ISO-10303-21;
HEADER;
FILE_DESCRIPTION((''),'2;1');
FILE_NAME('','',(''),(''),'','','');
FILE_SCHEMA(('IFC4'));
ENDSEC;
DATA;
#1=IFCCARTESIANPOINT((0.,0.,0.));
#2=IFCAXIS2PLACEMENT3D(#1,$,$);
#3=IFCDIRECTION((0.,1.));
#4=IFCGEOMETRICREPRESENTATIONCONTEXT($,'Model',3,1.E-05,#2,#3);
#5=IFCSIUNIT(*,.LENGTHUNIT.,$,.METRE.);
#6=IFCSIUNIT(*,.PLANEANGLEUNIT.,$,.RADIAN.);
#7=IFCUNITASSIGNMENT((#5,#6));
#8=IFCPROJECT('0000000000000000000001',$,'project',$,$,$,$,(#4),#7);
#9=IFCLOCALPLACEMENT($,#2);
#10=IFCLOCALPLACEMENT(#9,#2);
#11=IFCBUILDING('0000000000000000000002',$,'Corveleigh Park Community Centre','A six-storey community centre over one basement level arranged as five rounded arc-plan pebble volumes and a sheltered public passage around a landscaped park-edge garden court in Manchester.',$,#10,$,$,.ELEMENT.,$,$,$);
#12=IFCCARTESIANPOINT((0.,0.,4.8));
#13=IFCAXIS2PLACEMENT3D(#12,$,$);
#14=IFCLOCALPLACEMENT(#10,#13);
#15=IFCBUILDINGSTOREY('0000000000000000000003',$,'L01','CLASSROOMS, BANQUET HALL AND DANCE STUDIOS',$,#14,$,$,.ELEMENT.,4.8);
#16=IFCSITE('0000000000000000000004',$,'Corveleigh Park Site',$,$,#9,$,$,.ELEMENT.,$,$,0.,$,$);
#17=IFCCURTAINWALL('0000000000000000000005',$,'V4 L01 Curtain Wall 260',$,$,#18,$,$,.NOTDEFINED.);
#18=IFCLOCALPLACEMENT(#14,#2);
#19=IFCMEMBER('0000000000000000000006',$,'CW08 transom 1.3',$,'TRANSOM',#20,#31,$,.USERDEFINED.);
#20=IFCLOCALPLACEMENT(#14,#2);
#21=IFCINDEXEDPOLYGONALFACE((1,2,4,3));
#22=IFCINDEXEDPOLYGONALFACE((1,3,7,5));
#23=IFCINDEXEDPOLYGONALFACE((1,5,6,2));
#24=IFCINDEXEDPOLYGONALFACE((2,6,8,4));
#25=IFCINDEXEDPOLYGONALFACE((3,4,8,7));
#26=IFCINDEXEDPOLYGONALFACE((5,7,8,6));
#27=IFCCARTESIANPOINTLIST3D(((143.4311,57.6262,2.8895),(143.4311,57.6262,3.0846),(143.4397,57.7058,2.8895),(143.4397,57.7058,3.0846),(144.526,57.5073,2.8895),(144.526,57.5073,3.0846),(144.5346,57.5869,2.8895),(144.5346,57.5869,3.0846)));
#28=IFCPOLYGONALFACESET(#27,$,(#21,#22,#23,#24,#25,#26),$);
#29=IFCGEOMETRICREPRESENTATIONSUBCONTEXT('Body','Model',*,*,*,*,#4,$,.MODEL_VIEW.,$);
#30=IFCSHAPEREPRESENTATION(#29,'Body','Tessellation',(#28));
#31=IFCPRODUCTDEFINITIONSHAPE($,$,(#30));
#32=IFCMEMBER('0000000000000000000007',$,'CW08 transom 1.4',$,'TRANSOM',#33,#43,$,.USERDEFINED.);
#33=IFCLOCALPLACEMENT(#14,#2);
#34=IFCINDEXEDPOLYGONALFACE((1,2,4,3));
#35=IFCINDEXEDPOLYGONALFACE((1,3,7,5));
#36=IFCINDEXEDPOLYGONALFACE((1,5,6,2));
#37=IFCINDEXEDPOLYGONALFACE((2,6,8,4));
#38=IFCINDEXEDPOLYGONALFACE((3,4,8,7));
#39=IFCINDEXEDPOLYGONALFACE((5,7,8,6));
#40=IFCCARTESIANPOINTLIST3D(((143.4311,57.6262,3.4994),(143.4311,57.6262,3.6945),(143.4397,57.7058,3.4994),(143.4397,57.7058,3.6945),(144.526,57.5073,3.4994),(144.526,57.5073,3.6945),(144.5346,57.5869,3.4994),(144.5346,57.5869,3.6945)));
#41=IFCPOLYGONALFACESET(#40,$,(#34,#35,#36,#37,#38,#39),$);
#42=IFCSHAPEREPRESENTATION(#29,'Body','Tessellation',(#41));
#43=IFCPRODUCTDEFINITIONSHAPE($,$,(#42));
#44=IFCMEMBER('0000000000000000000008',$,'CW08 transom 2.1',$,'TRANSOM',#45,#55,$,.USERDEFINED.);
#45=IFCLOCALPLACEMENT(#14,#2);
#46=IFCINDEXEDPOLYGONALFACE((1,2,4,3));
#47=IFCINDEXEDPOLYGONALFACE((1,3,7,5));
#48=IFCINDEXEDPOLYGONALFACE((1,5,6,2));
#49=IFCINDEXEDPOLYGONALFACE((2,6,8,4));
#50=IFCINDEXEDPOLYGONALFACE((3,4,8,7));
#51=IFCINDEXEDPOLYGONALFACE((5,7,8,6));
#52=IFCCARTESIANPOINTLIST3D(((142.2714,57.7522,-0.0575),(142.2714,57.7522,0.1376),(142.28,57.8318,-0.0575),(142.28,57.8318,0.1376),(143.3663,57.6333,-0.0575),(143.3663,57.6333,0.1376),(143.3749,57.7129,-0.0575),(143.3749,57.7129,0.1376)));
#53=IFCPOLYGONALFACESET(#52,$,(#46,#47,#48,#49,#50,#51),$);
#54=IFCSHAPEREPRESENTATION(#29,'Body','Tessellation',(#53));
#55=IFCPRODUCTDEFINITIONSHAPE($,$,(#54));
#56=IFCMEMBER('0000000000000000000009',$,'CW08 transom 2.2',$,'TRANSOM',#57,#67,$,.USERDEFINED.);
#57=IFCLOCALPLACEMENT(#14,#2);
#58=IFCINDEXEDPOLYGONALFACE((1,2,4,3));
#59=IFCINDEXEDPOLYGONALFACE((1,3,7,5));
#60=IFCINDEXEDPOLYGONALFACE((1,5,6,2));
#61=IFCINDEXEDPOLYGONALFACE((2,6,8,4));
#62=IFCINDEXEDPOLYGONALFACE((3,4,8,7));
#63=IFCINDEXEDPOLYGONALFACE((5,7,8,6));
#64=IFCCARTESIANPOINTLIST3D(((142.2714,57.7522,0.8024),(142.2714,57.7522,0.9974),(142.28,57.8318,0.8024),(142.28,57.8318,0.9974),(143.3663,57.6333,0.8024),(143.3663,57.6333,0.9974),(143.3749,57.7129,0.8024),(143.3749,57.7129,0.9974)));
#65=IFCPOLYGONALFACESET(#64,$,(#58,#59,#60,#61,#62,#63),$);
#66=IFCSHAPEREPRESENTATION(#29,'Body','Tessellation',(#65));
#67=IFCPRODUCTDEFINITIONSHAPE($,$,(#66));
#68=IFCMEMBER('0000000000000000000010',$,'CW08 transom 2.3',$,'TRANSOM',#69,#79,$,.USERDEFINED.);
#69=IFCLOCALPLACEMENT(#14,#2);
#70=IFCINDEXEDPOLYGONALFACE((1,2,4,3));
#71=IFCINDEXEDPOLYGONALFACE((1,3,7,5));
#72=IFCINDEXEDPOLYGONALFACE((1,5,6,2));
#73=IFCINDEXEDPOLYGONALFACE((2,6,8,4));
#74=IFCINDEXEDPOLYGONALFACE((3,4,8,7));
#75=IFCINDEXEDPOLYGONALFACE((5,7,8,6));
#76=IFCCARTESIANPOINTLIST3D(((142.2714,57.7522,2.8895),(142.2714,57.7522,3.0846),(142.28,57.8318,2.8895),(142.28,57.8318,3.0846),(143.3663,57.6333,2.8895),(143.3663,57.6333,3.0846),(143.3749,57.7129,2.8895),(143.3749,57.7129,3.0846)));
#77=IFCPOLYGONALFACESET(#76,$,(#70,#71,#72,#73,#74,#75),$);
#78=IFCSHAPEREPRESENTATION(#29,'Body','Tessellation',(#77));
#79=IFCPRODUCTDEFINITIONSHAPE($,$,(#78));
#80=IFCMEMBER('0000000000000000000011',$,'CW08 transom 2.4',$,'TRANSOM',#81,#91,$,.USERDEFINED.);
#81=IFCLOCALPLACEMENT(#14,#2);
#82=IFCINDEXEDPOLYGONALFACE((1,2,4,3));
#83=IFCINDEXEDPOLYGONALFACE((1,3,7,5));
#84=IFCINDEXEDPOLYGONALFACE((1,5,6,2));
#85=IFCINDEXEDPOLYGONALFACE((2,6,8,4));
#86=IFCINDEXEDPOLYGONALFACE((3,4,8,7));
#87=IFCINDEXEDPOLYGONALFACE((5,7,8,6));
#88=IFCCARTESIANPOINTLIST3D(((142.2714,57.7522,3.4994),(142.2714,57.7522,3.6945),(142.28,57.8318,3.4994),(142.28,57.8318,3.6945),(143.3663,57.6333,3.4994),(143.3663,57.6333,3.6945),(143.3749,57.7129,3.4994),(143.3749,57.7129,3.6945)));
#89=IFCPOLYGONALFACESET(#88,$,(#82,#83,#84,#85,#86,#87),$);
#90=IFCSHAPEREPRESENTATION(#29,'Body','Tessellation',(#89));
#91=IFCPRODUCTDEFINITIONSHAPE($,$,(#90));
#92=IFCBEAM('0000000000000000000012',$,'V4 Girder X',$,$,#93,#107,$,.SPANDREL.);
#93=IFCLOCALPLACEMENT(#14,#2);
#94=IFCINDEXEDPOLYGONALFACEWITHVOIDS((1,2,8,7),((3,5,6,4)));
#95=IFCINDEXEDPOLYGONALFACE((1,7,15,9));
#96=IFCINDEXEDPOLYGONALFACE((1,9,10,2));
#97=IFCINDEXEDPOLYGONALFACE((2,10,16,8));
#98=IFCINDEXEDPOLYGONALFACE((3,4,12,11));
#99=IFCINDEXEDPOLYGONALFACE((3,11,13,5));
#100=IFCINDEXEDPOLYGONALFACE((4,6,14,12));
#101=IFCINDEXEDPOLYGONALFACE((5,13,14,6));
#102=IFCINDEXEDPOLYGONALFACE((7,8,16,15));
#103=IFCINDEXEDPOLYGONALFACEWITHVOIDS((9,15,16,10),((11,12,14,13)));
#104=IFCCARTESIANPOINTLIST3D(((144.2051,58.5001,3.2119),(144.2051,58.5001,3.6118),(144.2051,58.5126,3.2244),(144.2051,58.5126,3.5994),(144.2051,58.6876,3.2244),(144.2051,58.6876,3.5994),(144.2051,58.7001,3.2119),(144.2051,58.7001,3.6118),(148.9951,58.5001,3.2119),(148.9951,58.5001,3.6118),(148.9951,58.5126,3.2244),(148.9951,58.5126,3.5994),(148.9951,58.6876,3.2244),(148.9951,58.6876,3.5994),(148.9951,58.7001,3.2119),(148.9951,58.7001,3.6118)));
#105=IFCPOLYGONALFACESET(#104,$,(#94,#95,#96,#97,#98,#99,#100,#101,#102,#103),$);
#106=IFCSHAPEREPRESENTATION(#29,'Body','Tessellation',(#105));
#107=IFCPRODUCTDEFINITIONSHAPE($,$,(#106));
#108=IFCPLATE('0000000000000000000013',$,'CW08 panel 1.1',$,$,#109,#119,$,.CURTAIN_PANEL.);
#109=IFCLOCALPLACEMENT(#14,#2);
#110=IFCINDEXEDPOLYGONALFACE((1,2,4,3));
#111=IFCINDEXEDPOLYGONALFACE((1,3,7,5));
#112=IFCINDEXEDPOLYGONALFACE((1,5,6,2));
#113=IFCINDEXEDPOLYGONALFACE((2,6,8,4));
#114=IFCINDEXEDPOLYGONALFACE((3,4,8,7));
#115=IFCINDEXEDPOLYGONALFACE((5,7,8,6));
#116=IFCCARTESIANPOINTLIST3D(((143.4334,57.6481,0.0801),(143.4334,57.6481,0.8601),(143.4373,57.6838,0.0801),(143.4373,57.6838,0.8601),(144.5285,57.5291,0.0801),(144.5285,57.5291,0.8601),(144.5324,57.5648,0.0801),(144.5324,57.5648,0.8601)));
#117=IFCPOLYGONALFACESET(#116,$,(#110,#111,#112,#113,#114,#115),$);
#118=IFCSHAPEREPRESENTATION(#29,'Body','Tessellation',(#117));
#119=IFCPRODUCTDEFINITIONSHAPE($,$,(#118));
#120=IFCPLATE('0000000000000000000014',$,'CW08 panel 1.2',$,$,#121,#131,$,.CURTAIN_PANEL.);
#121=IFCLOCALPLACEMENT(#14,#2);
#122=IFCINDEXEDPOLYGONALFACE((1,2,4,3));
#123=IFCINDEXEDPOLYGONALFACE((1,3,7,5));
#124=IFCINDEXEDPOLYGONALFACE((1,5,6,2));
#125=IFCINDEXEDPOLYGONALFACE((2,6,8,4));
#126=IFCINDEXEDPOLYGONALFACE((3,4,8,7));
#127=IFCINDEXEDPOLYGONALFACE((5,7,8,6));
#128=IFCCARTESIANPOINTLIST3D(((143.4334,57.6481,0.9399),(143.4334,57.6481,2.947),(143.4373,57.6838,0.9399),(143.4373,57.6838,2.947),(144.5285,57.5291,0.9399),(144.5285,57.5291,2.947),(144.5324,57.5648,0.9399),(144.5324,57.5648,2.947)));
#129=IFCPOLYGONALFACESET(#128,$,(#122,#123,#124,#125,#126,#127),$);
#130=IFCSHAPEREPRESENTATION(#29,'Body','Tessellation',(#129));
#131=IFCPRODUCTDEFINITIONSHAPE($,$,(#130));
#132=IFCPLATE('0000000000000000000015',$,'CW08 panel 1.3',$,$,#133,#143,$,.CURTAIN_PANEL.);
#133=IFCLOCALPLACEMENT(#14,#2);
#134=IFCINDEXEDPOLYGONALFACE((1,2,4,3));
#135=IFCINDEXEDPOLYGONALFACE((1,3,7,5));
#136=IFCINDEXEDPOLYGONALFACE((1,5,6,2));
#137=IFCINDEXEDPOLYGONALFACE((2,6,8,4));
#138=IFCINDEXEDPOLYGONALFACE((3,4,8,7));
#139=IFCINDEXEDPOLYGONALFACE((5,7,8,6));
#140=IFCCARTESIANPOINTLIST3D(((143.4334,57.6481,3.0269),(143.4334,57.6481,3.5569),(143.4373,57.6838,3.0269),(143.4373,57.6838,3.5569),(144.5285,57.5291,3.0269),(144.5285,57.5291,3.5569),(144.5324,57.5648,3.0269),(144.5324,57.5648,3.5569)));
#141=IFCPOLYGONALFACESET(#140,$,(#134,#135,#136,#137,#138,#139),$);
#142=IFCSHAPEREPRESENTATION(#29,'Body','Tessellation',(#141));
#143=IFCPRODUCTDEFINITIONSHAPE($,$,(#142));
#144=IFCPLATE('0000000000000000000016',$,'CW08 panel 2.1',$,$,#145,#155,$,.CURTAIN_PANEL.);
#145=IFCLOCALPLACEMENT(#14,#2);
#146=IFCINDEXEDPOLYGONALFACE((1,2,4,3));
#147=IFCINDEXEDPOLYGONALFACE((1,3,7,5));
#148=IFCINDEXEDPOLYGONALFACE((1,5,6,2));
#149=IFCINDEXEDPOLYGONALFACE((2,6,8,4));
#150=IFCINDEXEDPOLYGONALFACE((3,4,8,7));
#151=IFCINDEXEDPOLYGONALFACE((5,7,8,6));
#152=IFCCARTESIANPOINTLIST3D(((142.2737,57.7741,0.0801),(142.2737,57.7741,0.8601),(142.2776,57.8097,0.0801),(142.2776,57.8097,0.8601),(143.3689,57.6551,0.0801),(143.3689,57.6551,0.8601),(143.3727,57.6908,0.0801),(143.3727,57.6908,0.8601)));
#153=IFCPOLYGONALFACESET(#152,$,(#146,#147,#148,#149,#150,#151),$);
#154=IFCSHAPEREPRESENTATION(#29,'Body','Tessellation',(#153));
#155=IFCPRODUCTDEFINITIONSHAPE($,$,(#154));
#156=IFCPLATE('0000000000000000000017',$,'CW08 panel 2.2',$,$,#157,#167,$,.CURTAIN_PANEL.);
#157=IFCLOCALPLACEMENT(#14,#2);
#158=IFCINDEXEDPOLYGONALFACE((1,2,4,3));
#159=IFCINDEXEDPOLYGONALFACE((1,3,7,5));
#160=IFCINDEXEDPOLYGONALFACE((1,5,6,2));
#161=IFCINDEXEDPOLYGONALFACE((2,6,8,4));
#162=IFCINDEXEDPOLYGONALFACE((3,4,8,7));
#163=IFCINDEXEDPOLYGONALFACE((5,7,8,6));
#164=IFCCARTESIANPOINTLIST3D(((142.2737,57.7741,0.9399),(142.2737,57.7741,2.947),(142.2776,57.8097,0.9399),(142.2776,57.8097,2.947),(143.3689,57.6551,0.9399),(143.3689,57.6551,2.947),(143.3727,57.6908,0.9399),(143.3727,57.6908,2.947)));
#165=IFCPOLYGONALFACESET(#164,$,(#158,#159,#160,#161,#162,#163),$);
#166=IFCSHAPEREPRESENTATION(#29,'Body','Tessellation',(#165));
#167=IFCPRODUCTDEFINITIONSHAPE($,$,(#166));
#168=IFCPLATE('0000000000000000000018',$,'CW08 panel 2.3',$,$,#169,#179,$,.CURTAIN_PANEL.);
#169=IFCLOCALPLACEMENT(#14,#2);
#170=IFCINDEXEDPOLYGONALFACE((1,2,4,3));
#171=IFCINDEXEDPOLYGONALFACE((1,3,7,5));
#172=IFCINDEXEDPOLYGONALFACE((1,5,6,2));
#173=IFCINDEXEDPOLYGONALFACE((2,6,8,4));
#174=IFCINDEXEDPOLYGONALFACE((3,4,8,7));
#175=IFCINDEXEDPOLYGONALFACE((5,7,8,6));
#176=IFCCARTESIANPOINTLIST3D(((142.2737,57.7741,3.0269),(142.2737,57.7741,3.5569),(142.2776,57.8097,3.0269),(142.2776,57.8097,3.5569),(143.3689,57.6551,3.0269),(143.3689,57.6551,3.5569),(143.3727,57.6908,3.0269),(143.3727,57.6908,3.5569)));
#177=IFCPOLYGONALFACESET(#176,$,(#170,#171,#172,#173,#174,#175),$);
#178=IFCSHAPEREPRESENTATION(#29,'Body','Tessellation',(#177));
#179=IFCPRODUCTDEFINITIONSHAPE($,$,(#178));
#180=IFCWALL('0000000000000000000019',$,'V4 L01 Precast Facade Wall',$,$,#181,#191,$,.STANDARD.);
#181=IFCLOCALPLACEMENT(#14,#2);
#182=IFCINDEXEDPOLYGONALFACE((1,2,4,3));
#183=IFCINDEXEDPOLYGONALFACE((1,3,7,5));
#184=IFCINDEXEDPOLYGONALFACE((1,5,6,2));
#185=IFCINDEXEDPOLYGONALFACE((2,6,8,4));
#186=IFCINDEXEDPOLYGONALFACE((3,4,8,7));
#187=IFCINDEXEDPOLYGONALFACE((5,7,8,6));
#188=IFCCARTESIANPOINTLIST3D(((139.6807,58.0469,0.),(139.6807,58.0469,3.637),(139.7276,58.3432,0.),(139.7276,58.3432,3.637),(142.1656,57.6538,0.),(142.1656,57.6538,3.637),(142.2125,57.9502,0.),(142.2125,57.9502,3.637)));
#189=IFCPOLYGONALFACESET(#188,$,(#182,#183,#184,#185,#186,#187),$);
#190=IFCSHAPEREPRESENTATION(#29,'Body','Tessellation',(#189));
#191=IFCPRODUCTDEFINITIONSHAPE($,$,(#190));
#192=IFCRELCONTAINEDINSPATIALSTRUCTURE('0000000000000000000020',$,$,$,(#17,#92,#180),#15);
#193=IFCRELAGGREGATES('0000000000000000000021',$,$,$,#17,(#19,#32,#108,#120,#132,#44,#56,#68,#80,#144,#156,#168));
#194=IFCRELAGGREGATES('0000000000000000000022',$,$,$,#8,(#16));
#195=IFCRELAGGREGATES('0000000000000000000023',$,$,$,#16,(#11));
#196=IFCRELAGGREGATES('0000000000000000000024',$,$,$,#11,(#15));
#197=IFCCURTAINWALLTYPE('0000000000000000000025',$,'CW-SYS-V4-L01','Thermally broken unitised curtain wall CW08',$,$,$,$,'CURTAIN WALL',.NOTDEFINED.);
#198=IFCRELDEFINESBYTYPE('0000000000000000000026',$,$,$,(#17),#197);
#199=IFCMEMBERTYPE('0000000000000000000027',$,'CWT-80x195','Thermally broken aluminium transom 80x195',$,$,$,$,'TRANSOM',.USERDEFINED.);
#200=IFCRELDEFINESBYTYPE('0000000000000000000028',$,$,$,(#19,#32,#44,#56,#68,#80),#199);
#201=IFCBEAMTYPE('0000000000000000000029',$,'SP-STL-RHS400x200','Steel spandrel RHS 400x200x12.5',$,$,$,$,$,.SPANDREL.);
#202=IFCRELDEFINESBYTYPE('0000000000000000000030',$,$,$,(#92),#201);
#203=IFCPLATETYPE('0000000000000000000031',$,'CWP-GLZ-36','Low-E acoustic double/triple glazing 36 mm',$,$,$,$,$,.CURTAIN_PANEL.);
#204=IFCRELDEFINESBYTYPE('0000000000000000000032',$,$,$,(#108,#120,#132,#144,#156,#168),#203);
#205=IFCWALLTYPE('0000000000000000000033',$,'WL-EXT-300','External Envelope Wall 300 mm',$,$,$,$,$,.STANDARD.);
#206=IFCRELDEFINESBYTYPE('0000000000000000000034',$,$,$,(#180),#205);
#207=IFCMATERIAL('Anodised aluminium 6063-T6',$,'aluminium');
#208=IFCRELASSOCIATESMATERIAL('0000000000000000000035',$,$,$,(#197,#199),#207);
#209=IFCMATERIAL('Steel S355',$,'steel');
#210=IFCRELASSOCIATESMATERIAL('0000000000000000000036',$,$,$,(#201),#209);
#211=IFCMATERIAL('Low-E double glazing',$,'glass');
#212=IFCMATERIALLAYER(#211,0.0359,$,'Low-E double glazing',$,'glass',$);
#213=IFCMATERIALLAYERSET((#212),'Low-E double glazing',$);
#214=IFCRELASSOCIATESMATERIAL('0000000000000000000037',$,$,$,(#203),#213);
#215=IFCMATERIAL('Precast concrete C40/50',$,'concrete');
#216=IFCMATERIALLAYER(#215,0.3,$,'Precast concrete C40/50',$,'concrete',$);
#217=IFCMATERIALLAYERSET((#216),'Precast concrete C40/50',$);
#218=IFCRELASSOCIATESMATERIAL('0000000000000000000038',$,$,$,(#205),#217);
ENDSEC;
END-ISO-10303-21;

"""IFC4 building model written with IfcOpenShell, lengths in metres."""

from ifc_helpers import new_model, si_unit, direction, frame, frame_2d, origin, origin_2d, place, context, subcontext, project, spatial, rectangle, hollow_rectangle, extrude, material, layer, layer_set, material_profile, profile_set, type_object, element, aggregate, save


model = new_model("IFC4")

# Units and contexts
model_context = context("Model", 3, precision=1e-05, world=origin(), true_north=direction((0.0, 1.0)))
body_context = subcontext(model_context, "Body", "Model", "MODEL_VIEW")
ifc_project = project(units=[si_unit("LENGTHUNIT", "METRE"), si_unit("PLANEANGLEUNIT", "RADIAN")], contexts=[model_context])

# Site, building, storey
site_placement = place(None, origin())
site = spatial("IfcSite", under=ifc_project, at=site_placement, Name="Corveleigh Park Site", CompositionType="ELEMENT", RefElevation=0.0)
building_placement = place(site_placement, origin())
building = spatial("IfcBuilding", under=site, at=building_placement, Name="Corveleigh Park Community Centre", Description="A six-storey community centre over one basement level arranged as five rounded arc-plan pebble volumes and a sheltered public passage around a landscaped park-edge garden court in Manchester.", CompositionType="ELEMENT")
storey_placement = place(building_placement, frame((0.0, 0.0, 4.8)))
storey = spatial("IfcBuildingStorey", under=building, at=storey_placement, Name="L01", Description="CLASSROOMS, BANQUET HALL AND DANCE STUDIOS", CompositionType="ELEMENT", Elevation=4.8)

# Shared definitions
ifc_material_1 = material(Name="Steel S355", Category="steel")

# Curtain wall
ifc_material_2 = material(Name="Anodised aluminium 6063-T6", Category="aluminium")
curtain_wall_type = type_object("IfcCurtainWallType", Name="CW-SYS-V4-L01", Description="Thermally broken unitised curtain wall CW08", ElementType="CURTAIN WALL", PredefinedType="NOTDEFINED", material=ifc_material_2)
curtain_wall_1_placement = place(storey_placement, origin())
curtain_wall_1 = element("IfcCurtainWall", 1, at=curtain_wall_1_placement, inside=storey, type_object=curtain_wall_type, Name="V4 L01 Curtain Wall 260", PredefinedType="NOTDEFINED")

# Members
ifc_material_profile_1 = material_profile(ifc_material_2, rectangle(XDim=0.0801, YDim=0.1951, at=origin_2d()), Name="ALU-T80x195", Category="aluminium")
ifc_profile_set_1 = profile_set([ifc_material_profile_1], Name="Anodised aluminium 6063-T6")
member_type_1 = type_object("IfcMemberType", Name="CWT-80x195", Description="Thermally broken aluminium transom 80x195", ElementType="TRANSOM", PredefinedType="USERDEFINED", material=ifc_profile_set_1)
member_1_placement = place(storey_placement, frame((144.5303, 57.5471, 2.9871), z_axis=(-0.994156, 0.10795, 0.0), x_axis=(-0.10795, -0.994156, 0.0)))
member_1 = element("IfcMember", 2, at=member_1_placement, type_object=member_type_1, Name="CW08 transom 1.3", ObjectType="TRANSOM", PredefinedType="USERDEFINED", context=body_context, shape_type="SweptSolid", body=[
    extrude(rectangle(XDim=0.0801, YDim=0.1951, at=origin_2d()), origin(), (0.0, 0.0, 1.0), 1.1013),
])
member_2_placement = place(storey_placement, frame((144.5303, 57.5471, 3.5969), z_axis=(-0.994156, 0.10795, 0.0), x_axis=(-0.10795, -0.994156, 0.0)))
member_2 = element("IfcMember", 3, at=member_2_placement, type_object=member_type_1, Name="CW08 transom 1.4", ObjectType="TRANSOM", PredefinedType="USERDEFINED", context=body_context, shape_type="SweptSolid", body=[
    extrude(rectangle(XDim=0.0801, YDim=0.1951, at=origin_2d()), origin(), (0.0, 0.0, 1.0), 1.1013),
])
member_3_placement = place(storey_placement, frame((143.3706, 57.6731, 0.04), z_axis=(-0.994156, 0.10795, 0.0), x_axis=(-0.10795, -0.994156, 0.0)))
member_3 = element("IfcMember", 4, at=member_3_placement, type_object=member_type_1, Name="CW08 transom 2.1", ObjectType="TRANSOM", PredefinedType="USERDEFINED", context=body_context, shape_type="SweptSolid", body=[
    extrude(rectangle(XDim=0.0801, YDim=0.1951, at=origin_2d()), origin(), (0.0, 0.0, 1.0), 1.1013),
])
member_4_placement = place(storey_placement, frame((143.3706, 57.6731, 0.8999), z_axis=(-0.994156, 0.10795, 0.0), x_axis=(-0.10795, -0.994156, 0.0)))
member_4 = element("IfcMember", 5, at=member_4_placement, type_object=member_type_1, Name="CW08 transom 2.2", ObjectType="TRANSOM", PredefinedType="USERDEFINED", context=body_context, shape_type="SweptSolid", body=[
    extrude(rectangle(XDim=0.0801, YDim=0.1951, at=origin_2d()), origin(), (0.0, 0.0, 1.0), 1.1013),
])
member_5_placement = place(storey_placement, frame((143.3706, 57.6731, 2.9871), z_axis=(-0.994156, 0.10795, 0.0), x_axis=(-0.10795, -0.994156, 0.0)))
member_5 = element("IfcMember", 6, at=member_5_placement, type_object=member_type_1, Name="CW08 transom 2.3", ObjectType="TRANSOM", PredefinedType="USERDEFINED", context=body_context, shape_type="SweptSolid", body=[
    extrude(rectangle(XDim=0.0801, YDim=0.1951, at=origin_2d()), origin(), (0.0, 0.0, 1.0), 1.1013),
])
member_6_placement = place(storey_placement, frame((143.3706, 57.6731, 3.5969), z_axis=(-0.994156, 0.10795, 0.0), x_axis=(-0.10795, -0.994156, 0.0)))
member_6 = element("IfcMember", 7, at=member_6_placement, type_object=member_type_1, Name="CW08 transom 2.4", ObjectType="TRANSOM", PredefinedType="USERDEFINED", context=body_context, shape_type="SweptSolid", body=[
    extrude(rectangle(XDim=0.0801, YDim=0.1951, at=origin_2d()), origin(), (0.0, 0.0, 1.0), 1.1013),
])

# Beam
ifc_material_profile_2 = material_profile(ifc_material_1, hollow_rectangle(XDim=0.2, YDim=0.3999, WallThickness=0.0125, at=origin_2d()), Name="RHS 400x200x12.5", Category="steel")
ifc_profile_set_2 = profile_set([ifc_material_profile_2], Name="Steel S355")
beam_type_1 = type_object("IfcBeamType", Name="SP-STL-RHS400x200", Description="Steel spandrel RHS 400x200x12.5", PredefinedType="SPANDREL", material=ifc_profile_set_2)
beam_1_placement = place(storey_placement, frame((144.2051, 58.6001, 3.4119), z_axis=(1.0, 0.0, 0.0), x_axis=(0.0, 1.0, 0.0)))
element("IfcBeam", 8, at=beam_1_placement, inside=storey, type_object=beam_type_1, Name="V4 Girder X", PredefinedType="SPANDREL", context=body_context, shape_type="SweptSolid", body=[
    extrude(hollow_rectangle(XDim=0.2, YDim=0.3999, WallThickness=0.0125, at=origin_2d()), origin(), (0.0, 0.0, 1.0), 4.79),
])

# Plates
ifc_material_3 = material(Name="Low-E double glazing", Category="glass")
ifc_layer_1 = layer(ifc_material_3, 0.0359, Name="Low-E double glazing", Category="glass")
ifc_layer_set_1 = layer_set([ifc_layer_1], Name="Low-E double glazing")
plate_type = type_object("IfcPlateType", Name="CWP-GLZ-36", Description="Low-E acoustic double/triple glazing 36 mm", PredefinedType="CURTAIN_PANEL", material=ifc_layer_set_1)
plate_1_placement = place(storey_placement, frame((143.9829, 57.6064, 0.0801), z_axis=(0.0, 0.0, 1.0), x_axis=(-0.99415, 0.108005, 0.0)))
plate_1 = element("IfcPlate", 9, at=plate_1_placement, type_object=plate_type, Name="CW08 panel 1.1", PredefinedType="CURTAIN_PANEL", context=body_context, shape_type="SweptSolid", body=[
    extrude(rectangle(XDim=1.1016, YDim=0.0359, at=origin_2d()), origin(), (0.0, 0.0, 1.0), 0.78),
])
plate_2_placement = place(storey_placement, frame((143.9829, 57.6064, 0.9399), z_axis=(0.0, 0.0, 1.0), x_axis=(-0.99415, 0.108005, 0.0)))
plate_2 = element("IfcPlate", 10, at=plate_2_placement, type_object=plate_type, Name="CW08 panel 1.2", PredefinedType="CURTAIN_PANEL", context=body_context, shape_type="SweptSolid", body=[
    extrude(rectangle(XDim=1.1016, YDim=0.0359, at=origin_2d()), origin(), (0.0, 0.0, 1.0), 2.0071),
])
plate_3_placement = place(storey_placement, frame((143.9829, 57.6064, 3.0269), z_axis=(0.0, 0.0, 1.0), x_axis=(-0.99415, 0.108005, 0.0)))
plate_3 = element("IfcPlate", 11, at=plate_3_placement, type_object=plate_type, Name="CW08 panel 1.3", PredefinedType="CURTAIN_PANEL", context=body_context, shape_type="SweptSolid", body=[
    extrude(rectangle(XDim=1.1016, YDim=0.0359, at=origin_2d()), origin(), (0.0, 0.0, 1.0), 0.53),
])
plate_4_placement = place(storey_placement, frame((142.8232, 57.7324, 0.0801), z_axis=(0.0, 0.0, 1.0), x_axis=(-0.99415, 0.108005, 0.0)))
plate_4 = element("IfcPlate", 12, at=plate_4_placement, type_object=plate_type, Name="CW08 panel 2.1", PredefinedType="CURTAIN_PANEL", context=body_context, shape_type="SweptSolid", body=[
    extrude(rectangle(XDim=1.1016, YDim=0.0359, at=origin_2d()), origin(), (0.0, 0.0, 1.0), 0.78),
])
plate_5_placement = place(storey_placement, frame((142.8232, 57.7324, 0.9399), z_axis=(0.0, 0.0, 1.0), x_axis=(-0.99415, 0.108005, 0.0)))
plate_5 = element("IfcPlate", 13, at=plate_5_placement, type_object=plate_type, Name="CW08 panel 2.2", PredefinedType="CURTAIN_PANEL", context=body_context, shape_type="SweptSolid", body=[
    extrude(rectangle(XDim=1.1016, YDim=0.0359, at=origin_2d()), origin(), (0.0, 0.0, 1.0), 2.0071),
])
plate_6_placement = place(storey_placement, frame((142.8232, 57.7324, 3.0269), z_axis=(0.0, 0.0, 1.0), x_axis=(-0.99415, 0.108005, 0.0)))
plate_6 = element("IfcPlate", 14, at=plate_6_placement, type_object=plate_type, Name="CW08 panel 2.3", PredefinedType="CURTAIN_PANEL", context=body_context, shape_type="SweptSolid", body=[
    extrude(rectangle(XDim=1.1016, YDim=0.0359, at=origin_2d()), origin(), (0.0, 0.0, 1.0), 0.53),
])
aggregate(curtain_wall_1, [member_1, member_2, plate_1, plate_2, plate_3, member_3, member_4, member_5, member_6, plate_4, plate_5, plate_6])

# Wall
ifc_material_4 = material(Name="Precast concrete C40/50", Category="concrete")
ifc_layer_2 = layer(ifc_material_4, 0.3, Name="Precast concrete C40/50", Category="concrete")
ifc_layer_set_2 = layer_set([ifc_layer_2], Name="Precast concrete C40/50")
wall_type_1 = type_object("IfcWallType", Name="WL-EXT-300", Description="External Envelope Wall 300 mm", PredefinedType="STANDARD", material=ifc_layer_set_2)
wall_1_placement = place(storey_placement, frame((142.189, 57.802, 0.0), z_axis=(0.0, 0.0, 1.0), x_axis=(-0.987719, 0.156242, 0.0)))
element("IfcWall", 15, at=wall_1_placement, inside=storey, type_object=wall_type_1, Name="V4 L01 Precast Facade Wall", PredefinedType="STANDARD", context=body_context, shape_type="SweptSolid", body=[
    extrude(rectangle(XDim=2.5159, YDim=0.3, at=frame_2d((1.2578, 0.0))), origin(), (0.0, 0.0, 1.0), 3.637),
])

save(model, "model.ifc")
